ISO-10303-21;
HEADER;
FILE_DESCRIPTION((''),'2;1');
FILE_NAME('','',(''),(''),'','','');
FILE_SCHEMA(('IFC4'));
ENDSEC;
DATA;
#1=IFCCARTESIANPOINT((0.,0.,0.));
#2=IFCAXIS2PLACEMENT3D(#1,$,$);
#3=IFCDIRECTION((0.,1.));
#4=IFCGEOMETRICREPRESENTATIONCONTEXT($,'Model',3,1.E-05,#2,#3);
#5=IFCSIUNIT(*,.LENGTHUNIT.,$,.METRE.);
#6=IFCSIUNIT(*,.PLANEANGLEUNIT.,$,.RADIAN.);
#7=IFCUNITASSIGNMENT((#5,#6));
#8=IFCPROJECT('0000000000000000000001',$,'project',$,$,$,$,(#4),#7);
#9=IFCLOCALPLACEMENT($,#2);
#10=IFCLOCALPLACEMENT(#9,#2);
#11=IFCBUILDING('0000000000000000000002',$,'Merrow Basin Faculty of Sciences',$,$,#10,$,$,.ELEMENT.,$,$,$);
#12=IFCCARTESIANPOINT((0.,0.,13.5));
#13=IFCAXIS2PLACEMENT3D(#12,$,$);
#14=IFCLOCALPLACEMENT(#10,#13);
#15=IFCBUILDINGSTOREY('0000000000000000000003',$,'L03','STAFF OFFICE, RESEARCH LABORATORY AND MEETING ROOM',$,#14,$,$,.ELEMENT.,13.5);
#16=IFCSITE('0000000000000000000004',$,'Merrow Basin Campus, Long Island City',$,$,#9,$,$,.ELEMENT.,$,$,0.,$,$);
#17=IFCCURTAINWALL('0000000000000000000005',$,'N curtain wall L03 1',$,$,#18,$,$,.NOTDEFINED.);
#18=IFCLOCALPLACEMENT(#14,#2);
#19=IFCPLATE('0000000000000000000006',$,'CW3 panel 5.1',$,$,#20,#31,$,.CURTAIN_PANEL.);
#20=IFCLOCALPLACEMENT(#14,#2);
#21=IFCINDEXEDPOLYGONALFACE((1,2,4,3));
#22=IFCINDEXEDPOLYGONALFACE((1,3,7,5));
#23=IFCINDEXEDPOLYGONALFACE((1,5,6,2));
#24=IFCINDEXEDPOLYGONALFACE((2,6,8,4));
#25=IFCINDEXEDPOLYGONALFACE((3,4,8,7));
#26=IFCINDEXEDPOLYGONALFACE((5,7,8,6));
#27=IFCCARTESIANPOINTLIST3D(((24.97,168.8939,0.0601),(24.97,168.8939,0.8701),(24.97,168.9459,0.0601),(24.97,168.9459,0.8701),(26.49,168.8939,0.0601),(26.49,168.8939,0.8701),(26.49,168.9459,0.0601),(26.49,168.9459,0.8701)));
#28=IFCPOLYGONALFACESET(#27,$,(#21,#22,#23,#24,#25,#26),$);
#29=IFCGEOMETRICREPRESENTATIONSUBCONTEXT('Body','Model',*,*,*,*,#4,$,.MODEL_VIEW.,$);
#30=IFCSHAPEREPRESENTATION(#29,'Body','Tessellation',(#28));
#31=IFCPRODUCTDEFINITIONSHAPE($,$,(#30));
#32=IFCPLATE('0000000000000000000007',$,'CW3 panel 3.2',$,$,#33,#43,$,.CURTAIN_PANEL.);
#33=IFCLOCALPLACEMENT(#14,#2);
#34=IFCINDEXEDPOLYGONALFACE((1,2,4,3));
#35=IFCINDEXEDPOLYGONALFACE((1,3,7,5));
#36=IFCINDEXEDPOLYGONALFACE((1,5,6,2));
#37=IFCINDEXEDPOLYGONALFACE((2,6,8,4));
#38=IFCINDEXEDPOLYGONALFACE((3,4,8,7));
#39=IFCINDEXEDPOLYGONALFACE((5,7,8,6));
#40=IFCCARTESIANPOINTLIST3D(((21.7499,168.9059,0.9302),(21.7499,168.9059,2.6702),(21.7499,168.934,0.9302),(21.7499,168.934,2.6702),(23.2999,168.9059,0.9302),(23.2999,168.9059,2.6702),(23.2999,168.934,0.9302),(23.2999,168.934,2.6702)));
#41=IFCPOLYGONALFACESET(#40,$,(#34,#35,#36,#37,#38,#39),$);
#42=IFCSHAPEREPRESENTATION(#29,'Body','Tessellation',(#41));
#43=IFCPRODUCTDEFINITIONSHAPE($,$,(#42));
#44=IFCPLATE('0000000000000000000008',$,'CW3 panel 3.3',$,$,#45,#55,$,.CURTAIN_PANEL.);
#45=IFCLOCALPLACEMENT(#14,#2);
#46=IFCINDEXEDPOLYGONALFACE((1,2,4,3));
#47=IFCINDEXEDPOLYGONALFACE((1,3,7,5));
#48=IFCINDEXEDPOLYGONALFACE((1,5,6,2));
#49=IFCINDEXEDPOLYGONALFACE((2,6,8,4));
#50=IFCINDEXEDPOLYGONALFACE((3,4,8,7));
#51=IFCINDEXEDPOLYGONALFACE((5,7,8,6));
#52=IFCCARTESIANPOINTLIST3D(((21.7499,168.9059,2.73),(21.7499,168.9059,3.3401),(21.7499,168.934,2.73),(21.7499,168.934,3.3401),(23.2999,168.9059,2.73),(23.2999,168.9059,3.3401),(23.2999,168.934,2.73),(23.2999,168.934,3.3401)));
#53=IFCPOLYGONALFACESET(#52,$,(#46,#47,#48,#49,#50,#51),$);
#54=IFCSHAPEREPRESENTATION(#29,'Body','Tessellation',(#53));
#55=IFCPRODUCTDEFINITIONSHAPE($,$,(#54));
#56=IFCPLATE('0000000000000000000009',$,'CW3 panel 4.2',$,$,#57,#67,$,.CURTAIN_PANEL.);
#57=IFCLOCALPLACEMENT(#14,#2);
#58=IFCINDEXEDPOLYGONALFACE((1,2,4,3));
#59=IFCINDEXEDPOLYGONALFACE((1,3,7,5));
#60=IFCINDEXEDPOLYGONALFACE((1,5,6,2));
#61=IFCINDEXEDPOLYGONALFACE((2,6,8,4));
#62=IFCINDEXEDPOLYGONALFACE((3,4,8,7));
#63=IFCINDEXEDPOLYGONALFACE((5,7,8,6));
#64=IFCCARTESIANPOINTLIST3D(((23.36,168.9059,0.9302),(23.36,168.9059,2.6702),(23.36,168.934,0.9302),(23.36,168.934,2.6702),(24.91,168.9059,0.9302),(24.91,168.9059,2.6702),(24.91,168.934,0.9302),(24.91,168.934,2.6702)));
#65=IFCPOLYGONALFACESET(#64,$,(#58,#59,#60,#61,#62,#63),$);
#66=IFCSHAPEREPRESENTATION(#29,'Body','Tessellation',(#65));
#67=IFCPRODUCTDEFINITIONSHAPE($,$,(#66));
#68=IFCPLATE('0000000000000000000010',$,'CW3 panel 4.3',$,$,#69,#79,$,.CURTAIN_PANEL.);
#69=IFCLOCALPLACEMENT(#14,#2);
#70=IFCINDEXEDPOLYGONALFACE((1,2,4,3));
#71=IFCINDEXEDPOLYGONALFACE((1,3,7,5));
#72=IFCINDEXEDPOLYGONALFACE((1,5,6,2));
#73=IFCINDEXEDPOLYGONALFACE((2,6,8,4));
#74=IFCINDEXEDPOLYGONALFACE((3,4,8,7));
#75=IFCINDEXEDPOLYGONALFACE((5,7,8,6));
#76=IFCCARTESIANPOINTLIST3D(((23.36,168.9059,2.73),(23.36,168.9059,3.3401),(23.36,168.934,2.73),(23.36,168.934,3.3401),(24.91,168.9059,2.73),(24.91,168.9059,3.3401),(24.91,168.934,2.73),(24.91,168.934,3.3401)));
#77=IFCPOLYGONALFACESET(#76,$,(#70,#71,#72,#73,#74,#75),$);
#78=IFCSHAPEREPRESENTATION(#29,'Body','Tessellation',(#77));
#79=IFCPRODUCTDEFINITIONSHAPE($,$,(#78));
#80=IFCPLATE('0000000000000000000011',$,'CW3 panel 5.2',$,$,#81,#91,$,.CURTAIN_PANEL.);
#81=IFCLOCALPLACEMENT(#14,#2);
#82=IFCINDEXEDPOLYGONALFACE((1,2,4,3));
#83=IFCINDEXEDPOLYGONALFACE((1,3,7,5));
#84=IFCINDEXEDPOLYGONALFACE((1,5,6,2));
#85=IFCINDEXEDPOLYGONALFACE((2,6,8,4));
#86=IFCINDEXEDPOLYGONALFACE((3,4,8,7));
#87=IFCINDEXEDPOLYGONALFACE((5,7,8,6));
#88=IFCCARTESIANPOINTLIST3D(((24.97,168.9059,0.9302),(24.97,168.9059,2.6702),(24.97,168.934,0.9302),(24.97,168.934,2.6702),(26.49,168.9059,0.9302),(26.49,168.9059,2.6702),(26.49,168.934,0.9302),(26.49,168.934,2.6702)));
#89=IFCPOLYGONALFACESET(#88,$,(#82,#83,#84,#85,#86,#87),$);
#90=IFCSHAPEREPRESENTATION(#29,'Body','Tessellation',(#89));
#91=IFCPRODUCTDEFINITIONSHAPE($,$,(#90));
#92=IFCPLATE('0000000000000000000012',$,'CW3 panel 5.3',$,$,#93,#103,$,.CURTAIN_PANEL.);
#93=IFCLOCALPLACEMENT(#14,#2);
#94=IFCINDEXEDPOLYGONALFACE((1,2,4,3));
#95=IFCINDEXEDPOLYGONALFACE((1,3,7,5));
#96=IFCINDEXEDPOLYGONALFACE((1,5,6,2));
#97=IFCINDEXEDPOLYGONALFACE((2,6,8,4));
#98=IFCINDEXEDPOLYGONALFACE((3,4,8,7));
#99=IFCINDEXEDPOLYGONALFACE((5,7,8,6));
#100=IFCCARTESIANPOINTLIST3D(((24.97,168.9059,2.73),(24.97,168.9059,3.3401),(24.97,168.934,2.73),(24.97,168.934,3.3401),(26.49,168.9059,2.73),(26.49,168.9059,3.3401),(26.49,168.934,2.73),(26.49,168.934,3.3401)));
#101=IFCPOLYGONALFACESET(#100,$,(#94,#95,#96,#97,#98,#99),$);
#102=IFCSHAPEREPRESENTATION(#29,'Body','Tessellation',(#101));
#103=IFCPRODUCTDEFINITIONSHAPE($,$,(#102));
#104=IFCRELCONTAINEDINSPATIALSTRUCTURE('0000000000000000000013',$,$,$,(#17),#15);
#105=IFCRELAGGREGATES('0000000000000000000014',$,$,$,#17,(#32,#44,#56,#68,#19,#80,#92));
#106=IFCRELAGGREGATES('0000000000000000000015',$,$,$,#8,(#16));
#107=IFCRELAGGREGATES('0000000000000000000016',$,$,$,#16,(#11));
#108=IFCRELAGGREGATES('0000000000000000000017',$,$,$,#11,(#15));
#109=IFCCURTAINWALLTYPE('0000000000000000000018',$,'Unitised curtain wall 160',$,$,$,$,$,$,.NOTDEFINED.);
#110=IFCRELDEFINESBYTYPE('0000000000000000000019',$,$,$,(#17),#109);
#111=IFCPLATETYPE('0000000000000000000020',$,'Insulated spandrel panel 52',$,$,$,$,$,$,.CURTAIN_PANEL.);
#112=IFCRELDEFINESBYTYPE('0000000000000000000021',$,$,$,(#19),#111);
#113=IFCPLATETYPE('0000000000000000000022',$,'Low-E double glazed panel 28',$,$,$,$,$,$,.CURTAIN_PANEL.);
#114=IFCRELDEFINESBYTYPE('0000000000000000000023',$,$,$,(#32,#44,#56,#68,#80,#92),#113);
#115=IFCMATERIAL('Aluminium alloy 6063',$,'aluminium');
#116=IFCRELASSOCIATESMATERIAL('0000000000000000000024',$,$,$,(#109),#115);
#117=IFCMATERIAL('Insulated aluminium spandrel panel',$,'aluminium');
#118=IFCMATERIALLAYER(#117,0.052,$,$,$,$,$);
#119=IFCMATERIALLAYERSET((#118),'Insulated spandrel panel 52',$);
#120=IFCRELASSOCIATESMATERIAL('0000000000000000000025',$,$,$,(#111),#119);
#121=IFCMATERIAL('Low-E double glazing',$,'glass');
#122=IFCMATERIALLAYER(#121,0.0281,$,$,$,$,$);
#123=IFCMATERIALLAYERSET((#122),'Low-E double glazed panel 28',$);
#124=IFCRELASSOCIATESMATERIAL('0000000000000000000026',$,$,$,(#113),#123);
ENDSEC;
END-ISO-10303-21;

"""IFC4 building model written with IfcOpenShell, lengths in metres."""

from ifc_helpers import new_model, si_unit, direction, frame, origin, origin_2d, place, context, subcontext, project, spatial, rectangle, extrude, material, layer, layer_set, type_object, element, aggregate, save


model = new_model("IFC4")

# Units and contexts
model_context = context("Model", 3, precision=1e-05, world=origin(), true_north=direction((0.0, 1.0)))
body_context = subcontext(model_context, "Body", "Model", "MODEL_VIEW")
ifc_project = project(units=[si_unit("LENGTHUNIT", "METRE"), si_unit("PLANEANGLEUNIT", "RADIAN")], contexts=[model_context])

# Site, building, storey
site_placement = place(None, origin())
site = spatial("IfcSite", under=ifc_project, at=site_placement, Name="Merrow Basin Campus, Long Island City", CompositionType="ELEMENT", RefElevation=0.0)
building_placement = place(site_placement, origin())
building = spatial("IfcBuilding", under=site, at=building_placement, Name="Merrow Basin Faculty of Sciences", CompositionType="ELEMENT")
storey_placement = place(building_placement, frame((0.0, 0.0, 13.5)))
storey = spatial("IfcBuildingStorey", under=building, at=storey_placement, Name="L03", Description="STAFF OFFICE, RESEARCH LABORATORY AND MEETING ROOM", CompositionType="ELEMENT", Elevation=13.5)

# Curtain wall, plates
ifc_material_1 = material(Name="Aluminium alloy 6063", Category="aluminium")
curtain_wall_type = type_object("IfcCurtainWallType", Name="Unitised curtain wall 160", PredefinedType="NOTDEFINED", material=ifc_material_1)
curtain_wall_placement = place(storey_placement, origin())
curtain_wall = element("IfcCurtainWall", 1, at=curtain_wall_placement, inside=storey, type_object=curtain_wall_type, Name="N curtain wall L03 1", PredefinedType="NOTDEFINED")
ifc_material_2 = material(Name="Insulated aluminium spandrel panel", Category="aluminium")
ifc_layer_1 = layer(ifc_material_2, 0.052)
ifc_layer_set_1 = layer_set([ifc_layer_1], Name="Insulated spandrel panel 52")
plate_type_1 = type_object("IfcPlateType", Name="Insulated spandrel panel 52", PredefinedType="CURTAIN_PANEL", material=ifc_layer_set_1)
plate_1_placement = place(storey_placement, frame((25.73, 168.9199, 0.0601), z_axis=(0.0, 0.0, 1.0), x_axis=(1.0, 0.0, 0.0)))
plate_1 = element("IfcPlate", 2, at=plate_1_placement, type_object=plate_type_1, Name="CW3 panel 5.1", PredefinedType="CURTAIN_PANEL", context=body_context, shape_type="SweptSolid", body=[
    extrude(rectangle(XDim=1.52, YDim=0.052, at=origin_2d()), origin(), (0.0, 0.0, 1.0), 0.8101),
])
ifc_material_3 = material(Name="Low-E double glazing", Category="glass")
ifc_layer_2 = layer(ifc_material_3, 0.0281)
ifc_layer_set_2 = layer_set([ifc_layer_2], Name="Low-E double glazed panel 28")
plate_type_2 = type_object("IfcPlateType", Name="Low-E double glazed panel 28", PredefinedType="CURTAIN_PANEL", material=ifc_layer_set_2)
plate_2_placement = place(storey_placement, frame((22.5249, 168.9199, 0.9302), z_axis=(0.0, 0.0, 1.0), x_axis=(1.0, 0.0, 0.0)))
plate_2 = element("IfcPlate", 3, at=plate_2_placement, type_object=plate_type_2, Name="CW3 panel 3.2", PredefinedType="CURTAIN_PANEL", context=body_context, shape_type="SweptSolid", body=[
    extrude(rectangle(XDim=1.55, YDim=0.0281, at=origin_2d()), origin(), (0.0, 0.0, 1.0), 1.74),
])
plate_3_placement = place(storey_placement, frame((22.5249, 168.9199, 2.73), z_axis=(0.0, 0.0, 1.0), x_axis=(1.0, 0.0, 0.0)))
plate_3 = element("IfcPlate", 4, at=plate_3_placement, type_object=plate_type_2, Name="CW3 panel 3.3", PredefinedType="CURTAIN_PANEL", context=body_context, shape_type="SweptSolid", body=[
    extrude(rectangle(XDim=1.55, YDim=0.0281, at=origin_2d()), origin(), (0.0, 0.0, 1.0), 0.6101),
])
plate_4_placement = place(storey_placement, frame((24.135, 168.9199, 0.9302), z_axis=(0.0, 0.0, 1.0), x_axis=(1.0, 0.0, 0.0)))
plate_4 = element("IfcPlate", 5, at=plate_4_placement, type_object=plate_type_2, Name="CW3 panel 4.2", PredefinedType="CURTAIN_PANEL", context=body_context, shape_type="SweptSolid", body=[
    extrude(rectangle(XDim=1.55, YDim=0.0281, at=origin_2d()), origin(), (0.0, 0.0, 1.0), 1.74),
])
plate_5_placement = place(storey_placement, frame((24.135, 168.9199, 2.73), z_axis=(0.0, 0.0, 1.0), x_axis=(1.0, 0.0, 0.0)))
plate_5 = element("IfcPlate", 6, at=plate_5_placement, type_object=plate_type_2, Name="CW3 panel 4.3", PredefinedType="CURTAIN_PANEL", context=body_context, shape_type="SweptSolid", body=[
    extrude(rectangle(XDim=1.55, YDim=0.0281, at=origin_2d()), origin(), (0.0, 0.0, 1.0), 0.6101),
])
plate_6_placement = place(storey_placement, frame((25.73, 168.9199, 0.9302), z_axis=(0.0, 0.0, 1.0), x_axis=(1.0, 0.0, 0.0)))
plate_6 = element("IfcPlate", 7, at=plate_6_placement, type_object=plate_type_2, Name="CW3 panel 5.2", PredefinedType="CURTAIN_PANEL", context=body_context, shape_type="SweptSolid", body=[
    extrude(rectangle(XDim=1.52, YDim=0.0281, at=origin_2d()), origin(), (0.0, 0.0, 1.0), 1.74),
])
plate_7_placement = place(storey_placement, frame((25.73, 168.9199, 2.73), z_axis=(0.0, 0.0, 1.0), x_axis=(1.0, 0.0, 0.0)))
plate_7 = element("IfcPlate", 8, at=plate_7_placement, type_object=plate_type_2, Name="CW3 panel 5.3", PredefinedType="CURTAIN_PANEL", context=body_context, shape_type="SweptSolid", body=[
    extrude(rectangle(XDim=1.52, YDim=0.0281, at=origin_2d()), origin(), (0.0, 0.0, 1.0), 0.6101),
])
aggregate(curtain_wall, [plate_2, plate_3, plate_4, plate_5, plate_1, plate_6, plate_7])

save(model, "model.ifc")
